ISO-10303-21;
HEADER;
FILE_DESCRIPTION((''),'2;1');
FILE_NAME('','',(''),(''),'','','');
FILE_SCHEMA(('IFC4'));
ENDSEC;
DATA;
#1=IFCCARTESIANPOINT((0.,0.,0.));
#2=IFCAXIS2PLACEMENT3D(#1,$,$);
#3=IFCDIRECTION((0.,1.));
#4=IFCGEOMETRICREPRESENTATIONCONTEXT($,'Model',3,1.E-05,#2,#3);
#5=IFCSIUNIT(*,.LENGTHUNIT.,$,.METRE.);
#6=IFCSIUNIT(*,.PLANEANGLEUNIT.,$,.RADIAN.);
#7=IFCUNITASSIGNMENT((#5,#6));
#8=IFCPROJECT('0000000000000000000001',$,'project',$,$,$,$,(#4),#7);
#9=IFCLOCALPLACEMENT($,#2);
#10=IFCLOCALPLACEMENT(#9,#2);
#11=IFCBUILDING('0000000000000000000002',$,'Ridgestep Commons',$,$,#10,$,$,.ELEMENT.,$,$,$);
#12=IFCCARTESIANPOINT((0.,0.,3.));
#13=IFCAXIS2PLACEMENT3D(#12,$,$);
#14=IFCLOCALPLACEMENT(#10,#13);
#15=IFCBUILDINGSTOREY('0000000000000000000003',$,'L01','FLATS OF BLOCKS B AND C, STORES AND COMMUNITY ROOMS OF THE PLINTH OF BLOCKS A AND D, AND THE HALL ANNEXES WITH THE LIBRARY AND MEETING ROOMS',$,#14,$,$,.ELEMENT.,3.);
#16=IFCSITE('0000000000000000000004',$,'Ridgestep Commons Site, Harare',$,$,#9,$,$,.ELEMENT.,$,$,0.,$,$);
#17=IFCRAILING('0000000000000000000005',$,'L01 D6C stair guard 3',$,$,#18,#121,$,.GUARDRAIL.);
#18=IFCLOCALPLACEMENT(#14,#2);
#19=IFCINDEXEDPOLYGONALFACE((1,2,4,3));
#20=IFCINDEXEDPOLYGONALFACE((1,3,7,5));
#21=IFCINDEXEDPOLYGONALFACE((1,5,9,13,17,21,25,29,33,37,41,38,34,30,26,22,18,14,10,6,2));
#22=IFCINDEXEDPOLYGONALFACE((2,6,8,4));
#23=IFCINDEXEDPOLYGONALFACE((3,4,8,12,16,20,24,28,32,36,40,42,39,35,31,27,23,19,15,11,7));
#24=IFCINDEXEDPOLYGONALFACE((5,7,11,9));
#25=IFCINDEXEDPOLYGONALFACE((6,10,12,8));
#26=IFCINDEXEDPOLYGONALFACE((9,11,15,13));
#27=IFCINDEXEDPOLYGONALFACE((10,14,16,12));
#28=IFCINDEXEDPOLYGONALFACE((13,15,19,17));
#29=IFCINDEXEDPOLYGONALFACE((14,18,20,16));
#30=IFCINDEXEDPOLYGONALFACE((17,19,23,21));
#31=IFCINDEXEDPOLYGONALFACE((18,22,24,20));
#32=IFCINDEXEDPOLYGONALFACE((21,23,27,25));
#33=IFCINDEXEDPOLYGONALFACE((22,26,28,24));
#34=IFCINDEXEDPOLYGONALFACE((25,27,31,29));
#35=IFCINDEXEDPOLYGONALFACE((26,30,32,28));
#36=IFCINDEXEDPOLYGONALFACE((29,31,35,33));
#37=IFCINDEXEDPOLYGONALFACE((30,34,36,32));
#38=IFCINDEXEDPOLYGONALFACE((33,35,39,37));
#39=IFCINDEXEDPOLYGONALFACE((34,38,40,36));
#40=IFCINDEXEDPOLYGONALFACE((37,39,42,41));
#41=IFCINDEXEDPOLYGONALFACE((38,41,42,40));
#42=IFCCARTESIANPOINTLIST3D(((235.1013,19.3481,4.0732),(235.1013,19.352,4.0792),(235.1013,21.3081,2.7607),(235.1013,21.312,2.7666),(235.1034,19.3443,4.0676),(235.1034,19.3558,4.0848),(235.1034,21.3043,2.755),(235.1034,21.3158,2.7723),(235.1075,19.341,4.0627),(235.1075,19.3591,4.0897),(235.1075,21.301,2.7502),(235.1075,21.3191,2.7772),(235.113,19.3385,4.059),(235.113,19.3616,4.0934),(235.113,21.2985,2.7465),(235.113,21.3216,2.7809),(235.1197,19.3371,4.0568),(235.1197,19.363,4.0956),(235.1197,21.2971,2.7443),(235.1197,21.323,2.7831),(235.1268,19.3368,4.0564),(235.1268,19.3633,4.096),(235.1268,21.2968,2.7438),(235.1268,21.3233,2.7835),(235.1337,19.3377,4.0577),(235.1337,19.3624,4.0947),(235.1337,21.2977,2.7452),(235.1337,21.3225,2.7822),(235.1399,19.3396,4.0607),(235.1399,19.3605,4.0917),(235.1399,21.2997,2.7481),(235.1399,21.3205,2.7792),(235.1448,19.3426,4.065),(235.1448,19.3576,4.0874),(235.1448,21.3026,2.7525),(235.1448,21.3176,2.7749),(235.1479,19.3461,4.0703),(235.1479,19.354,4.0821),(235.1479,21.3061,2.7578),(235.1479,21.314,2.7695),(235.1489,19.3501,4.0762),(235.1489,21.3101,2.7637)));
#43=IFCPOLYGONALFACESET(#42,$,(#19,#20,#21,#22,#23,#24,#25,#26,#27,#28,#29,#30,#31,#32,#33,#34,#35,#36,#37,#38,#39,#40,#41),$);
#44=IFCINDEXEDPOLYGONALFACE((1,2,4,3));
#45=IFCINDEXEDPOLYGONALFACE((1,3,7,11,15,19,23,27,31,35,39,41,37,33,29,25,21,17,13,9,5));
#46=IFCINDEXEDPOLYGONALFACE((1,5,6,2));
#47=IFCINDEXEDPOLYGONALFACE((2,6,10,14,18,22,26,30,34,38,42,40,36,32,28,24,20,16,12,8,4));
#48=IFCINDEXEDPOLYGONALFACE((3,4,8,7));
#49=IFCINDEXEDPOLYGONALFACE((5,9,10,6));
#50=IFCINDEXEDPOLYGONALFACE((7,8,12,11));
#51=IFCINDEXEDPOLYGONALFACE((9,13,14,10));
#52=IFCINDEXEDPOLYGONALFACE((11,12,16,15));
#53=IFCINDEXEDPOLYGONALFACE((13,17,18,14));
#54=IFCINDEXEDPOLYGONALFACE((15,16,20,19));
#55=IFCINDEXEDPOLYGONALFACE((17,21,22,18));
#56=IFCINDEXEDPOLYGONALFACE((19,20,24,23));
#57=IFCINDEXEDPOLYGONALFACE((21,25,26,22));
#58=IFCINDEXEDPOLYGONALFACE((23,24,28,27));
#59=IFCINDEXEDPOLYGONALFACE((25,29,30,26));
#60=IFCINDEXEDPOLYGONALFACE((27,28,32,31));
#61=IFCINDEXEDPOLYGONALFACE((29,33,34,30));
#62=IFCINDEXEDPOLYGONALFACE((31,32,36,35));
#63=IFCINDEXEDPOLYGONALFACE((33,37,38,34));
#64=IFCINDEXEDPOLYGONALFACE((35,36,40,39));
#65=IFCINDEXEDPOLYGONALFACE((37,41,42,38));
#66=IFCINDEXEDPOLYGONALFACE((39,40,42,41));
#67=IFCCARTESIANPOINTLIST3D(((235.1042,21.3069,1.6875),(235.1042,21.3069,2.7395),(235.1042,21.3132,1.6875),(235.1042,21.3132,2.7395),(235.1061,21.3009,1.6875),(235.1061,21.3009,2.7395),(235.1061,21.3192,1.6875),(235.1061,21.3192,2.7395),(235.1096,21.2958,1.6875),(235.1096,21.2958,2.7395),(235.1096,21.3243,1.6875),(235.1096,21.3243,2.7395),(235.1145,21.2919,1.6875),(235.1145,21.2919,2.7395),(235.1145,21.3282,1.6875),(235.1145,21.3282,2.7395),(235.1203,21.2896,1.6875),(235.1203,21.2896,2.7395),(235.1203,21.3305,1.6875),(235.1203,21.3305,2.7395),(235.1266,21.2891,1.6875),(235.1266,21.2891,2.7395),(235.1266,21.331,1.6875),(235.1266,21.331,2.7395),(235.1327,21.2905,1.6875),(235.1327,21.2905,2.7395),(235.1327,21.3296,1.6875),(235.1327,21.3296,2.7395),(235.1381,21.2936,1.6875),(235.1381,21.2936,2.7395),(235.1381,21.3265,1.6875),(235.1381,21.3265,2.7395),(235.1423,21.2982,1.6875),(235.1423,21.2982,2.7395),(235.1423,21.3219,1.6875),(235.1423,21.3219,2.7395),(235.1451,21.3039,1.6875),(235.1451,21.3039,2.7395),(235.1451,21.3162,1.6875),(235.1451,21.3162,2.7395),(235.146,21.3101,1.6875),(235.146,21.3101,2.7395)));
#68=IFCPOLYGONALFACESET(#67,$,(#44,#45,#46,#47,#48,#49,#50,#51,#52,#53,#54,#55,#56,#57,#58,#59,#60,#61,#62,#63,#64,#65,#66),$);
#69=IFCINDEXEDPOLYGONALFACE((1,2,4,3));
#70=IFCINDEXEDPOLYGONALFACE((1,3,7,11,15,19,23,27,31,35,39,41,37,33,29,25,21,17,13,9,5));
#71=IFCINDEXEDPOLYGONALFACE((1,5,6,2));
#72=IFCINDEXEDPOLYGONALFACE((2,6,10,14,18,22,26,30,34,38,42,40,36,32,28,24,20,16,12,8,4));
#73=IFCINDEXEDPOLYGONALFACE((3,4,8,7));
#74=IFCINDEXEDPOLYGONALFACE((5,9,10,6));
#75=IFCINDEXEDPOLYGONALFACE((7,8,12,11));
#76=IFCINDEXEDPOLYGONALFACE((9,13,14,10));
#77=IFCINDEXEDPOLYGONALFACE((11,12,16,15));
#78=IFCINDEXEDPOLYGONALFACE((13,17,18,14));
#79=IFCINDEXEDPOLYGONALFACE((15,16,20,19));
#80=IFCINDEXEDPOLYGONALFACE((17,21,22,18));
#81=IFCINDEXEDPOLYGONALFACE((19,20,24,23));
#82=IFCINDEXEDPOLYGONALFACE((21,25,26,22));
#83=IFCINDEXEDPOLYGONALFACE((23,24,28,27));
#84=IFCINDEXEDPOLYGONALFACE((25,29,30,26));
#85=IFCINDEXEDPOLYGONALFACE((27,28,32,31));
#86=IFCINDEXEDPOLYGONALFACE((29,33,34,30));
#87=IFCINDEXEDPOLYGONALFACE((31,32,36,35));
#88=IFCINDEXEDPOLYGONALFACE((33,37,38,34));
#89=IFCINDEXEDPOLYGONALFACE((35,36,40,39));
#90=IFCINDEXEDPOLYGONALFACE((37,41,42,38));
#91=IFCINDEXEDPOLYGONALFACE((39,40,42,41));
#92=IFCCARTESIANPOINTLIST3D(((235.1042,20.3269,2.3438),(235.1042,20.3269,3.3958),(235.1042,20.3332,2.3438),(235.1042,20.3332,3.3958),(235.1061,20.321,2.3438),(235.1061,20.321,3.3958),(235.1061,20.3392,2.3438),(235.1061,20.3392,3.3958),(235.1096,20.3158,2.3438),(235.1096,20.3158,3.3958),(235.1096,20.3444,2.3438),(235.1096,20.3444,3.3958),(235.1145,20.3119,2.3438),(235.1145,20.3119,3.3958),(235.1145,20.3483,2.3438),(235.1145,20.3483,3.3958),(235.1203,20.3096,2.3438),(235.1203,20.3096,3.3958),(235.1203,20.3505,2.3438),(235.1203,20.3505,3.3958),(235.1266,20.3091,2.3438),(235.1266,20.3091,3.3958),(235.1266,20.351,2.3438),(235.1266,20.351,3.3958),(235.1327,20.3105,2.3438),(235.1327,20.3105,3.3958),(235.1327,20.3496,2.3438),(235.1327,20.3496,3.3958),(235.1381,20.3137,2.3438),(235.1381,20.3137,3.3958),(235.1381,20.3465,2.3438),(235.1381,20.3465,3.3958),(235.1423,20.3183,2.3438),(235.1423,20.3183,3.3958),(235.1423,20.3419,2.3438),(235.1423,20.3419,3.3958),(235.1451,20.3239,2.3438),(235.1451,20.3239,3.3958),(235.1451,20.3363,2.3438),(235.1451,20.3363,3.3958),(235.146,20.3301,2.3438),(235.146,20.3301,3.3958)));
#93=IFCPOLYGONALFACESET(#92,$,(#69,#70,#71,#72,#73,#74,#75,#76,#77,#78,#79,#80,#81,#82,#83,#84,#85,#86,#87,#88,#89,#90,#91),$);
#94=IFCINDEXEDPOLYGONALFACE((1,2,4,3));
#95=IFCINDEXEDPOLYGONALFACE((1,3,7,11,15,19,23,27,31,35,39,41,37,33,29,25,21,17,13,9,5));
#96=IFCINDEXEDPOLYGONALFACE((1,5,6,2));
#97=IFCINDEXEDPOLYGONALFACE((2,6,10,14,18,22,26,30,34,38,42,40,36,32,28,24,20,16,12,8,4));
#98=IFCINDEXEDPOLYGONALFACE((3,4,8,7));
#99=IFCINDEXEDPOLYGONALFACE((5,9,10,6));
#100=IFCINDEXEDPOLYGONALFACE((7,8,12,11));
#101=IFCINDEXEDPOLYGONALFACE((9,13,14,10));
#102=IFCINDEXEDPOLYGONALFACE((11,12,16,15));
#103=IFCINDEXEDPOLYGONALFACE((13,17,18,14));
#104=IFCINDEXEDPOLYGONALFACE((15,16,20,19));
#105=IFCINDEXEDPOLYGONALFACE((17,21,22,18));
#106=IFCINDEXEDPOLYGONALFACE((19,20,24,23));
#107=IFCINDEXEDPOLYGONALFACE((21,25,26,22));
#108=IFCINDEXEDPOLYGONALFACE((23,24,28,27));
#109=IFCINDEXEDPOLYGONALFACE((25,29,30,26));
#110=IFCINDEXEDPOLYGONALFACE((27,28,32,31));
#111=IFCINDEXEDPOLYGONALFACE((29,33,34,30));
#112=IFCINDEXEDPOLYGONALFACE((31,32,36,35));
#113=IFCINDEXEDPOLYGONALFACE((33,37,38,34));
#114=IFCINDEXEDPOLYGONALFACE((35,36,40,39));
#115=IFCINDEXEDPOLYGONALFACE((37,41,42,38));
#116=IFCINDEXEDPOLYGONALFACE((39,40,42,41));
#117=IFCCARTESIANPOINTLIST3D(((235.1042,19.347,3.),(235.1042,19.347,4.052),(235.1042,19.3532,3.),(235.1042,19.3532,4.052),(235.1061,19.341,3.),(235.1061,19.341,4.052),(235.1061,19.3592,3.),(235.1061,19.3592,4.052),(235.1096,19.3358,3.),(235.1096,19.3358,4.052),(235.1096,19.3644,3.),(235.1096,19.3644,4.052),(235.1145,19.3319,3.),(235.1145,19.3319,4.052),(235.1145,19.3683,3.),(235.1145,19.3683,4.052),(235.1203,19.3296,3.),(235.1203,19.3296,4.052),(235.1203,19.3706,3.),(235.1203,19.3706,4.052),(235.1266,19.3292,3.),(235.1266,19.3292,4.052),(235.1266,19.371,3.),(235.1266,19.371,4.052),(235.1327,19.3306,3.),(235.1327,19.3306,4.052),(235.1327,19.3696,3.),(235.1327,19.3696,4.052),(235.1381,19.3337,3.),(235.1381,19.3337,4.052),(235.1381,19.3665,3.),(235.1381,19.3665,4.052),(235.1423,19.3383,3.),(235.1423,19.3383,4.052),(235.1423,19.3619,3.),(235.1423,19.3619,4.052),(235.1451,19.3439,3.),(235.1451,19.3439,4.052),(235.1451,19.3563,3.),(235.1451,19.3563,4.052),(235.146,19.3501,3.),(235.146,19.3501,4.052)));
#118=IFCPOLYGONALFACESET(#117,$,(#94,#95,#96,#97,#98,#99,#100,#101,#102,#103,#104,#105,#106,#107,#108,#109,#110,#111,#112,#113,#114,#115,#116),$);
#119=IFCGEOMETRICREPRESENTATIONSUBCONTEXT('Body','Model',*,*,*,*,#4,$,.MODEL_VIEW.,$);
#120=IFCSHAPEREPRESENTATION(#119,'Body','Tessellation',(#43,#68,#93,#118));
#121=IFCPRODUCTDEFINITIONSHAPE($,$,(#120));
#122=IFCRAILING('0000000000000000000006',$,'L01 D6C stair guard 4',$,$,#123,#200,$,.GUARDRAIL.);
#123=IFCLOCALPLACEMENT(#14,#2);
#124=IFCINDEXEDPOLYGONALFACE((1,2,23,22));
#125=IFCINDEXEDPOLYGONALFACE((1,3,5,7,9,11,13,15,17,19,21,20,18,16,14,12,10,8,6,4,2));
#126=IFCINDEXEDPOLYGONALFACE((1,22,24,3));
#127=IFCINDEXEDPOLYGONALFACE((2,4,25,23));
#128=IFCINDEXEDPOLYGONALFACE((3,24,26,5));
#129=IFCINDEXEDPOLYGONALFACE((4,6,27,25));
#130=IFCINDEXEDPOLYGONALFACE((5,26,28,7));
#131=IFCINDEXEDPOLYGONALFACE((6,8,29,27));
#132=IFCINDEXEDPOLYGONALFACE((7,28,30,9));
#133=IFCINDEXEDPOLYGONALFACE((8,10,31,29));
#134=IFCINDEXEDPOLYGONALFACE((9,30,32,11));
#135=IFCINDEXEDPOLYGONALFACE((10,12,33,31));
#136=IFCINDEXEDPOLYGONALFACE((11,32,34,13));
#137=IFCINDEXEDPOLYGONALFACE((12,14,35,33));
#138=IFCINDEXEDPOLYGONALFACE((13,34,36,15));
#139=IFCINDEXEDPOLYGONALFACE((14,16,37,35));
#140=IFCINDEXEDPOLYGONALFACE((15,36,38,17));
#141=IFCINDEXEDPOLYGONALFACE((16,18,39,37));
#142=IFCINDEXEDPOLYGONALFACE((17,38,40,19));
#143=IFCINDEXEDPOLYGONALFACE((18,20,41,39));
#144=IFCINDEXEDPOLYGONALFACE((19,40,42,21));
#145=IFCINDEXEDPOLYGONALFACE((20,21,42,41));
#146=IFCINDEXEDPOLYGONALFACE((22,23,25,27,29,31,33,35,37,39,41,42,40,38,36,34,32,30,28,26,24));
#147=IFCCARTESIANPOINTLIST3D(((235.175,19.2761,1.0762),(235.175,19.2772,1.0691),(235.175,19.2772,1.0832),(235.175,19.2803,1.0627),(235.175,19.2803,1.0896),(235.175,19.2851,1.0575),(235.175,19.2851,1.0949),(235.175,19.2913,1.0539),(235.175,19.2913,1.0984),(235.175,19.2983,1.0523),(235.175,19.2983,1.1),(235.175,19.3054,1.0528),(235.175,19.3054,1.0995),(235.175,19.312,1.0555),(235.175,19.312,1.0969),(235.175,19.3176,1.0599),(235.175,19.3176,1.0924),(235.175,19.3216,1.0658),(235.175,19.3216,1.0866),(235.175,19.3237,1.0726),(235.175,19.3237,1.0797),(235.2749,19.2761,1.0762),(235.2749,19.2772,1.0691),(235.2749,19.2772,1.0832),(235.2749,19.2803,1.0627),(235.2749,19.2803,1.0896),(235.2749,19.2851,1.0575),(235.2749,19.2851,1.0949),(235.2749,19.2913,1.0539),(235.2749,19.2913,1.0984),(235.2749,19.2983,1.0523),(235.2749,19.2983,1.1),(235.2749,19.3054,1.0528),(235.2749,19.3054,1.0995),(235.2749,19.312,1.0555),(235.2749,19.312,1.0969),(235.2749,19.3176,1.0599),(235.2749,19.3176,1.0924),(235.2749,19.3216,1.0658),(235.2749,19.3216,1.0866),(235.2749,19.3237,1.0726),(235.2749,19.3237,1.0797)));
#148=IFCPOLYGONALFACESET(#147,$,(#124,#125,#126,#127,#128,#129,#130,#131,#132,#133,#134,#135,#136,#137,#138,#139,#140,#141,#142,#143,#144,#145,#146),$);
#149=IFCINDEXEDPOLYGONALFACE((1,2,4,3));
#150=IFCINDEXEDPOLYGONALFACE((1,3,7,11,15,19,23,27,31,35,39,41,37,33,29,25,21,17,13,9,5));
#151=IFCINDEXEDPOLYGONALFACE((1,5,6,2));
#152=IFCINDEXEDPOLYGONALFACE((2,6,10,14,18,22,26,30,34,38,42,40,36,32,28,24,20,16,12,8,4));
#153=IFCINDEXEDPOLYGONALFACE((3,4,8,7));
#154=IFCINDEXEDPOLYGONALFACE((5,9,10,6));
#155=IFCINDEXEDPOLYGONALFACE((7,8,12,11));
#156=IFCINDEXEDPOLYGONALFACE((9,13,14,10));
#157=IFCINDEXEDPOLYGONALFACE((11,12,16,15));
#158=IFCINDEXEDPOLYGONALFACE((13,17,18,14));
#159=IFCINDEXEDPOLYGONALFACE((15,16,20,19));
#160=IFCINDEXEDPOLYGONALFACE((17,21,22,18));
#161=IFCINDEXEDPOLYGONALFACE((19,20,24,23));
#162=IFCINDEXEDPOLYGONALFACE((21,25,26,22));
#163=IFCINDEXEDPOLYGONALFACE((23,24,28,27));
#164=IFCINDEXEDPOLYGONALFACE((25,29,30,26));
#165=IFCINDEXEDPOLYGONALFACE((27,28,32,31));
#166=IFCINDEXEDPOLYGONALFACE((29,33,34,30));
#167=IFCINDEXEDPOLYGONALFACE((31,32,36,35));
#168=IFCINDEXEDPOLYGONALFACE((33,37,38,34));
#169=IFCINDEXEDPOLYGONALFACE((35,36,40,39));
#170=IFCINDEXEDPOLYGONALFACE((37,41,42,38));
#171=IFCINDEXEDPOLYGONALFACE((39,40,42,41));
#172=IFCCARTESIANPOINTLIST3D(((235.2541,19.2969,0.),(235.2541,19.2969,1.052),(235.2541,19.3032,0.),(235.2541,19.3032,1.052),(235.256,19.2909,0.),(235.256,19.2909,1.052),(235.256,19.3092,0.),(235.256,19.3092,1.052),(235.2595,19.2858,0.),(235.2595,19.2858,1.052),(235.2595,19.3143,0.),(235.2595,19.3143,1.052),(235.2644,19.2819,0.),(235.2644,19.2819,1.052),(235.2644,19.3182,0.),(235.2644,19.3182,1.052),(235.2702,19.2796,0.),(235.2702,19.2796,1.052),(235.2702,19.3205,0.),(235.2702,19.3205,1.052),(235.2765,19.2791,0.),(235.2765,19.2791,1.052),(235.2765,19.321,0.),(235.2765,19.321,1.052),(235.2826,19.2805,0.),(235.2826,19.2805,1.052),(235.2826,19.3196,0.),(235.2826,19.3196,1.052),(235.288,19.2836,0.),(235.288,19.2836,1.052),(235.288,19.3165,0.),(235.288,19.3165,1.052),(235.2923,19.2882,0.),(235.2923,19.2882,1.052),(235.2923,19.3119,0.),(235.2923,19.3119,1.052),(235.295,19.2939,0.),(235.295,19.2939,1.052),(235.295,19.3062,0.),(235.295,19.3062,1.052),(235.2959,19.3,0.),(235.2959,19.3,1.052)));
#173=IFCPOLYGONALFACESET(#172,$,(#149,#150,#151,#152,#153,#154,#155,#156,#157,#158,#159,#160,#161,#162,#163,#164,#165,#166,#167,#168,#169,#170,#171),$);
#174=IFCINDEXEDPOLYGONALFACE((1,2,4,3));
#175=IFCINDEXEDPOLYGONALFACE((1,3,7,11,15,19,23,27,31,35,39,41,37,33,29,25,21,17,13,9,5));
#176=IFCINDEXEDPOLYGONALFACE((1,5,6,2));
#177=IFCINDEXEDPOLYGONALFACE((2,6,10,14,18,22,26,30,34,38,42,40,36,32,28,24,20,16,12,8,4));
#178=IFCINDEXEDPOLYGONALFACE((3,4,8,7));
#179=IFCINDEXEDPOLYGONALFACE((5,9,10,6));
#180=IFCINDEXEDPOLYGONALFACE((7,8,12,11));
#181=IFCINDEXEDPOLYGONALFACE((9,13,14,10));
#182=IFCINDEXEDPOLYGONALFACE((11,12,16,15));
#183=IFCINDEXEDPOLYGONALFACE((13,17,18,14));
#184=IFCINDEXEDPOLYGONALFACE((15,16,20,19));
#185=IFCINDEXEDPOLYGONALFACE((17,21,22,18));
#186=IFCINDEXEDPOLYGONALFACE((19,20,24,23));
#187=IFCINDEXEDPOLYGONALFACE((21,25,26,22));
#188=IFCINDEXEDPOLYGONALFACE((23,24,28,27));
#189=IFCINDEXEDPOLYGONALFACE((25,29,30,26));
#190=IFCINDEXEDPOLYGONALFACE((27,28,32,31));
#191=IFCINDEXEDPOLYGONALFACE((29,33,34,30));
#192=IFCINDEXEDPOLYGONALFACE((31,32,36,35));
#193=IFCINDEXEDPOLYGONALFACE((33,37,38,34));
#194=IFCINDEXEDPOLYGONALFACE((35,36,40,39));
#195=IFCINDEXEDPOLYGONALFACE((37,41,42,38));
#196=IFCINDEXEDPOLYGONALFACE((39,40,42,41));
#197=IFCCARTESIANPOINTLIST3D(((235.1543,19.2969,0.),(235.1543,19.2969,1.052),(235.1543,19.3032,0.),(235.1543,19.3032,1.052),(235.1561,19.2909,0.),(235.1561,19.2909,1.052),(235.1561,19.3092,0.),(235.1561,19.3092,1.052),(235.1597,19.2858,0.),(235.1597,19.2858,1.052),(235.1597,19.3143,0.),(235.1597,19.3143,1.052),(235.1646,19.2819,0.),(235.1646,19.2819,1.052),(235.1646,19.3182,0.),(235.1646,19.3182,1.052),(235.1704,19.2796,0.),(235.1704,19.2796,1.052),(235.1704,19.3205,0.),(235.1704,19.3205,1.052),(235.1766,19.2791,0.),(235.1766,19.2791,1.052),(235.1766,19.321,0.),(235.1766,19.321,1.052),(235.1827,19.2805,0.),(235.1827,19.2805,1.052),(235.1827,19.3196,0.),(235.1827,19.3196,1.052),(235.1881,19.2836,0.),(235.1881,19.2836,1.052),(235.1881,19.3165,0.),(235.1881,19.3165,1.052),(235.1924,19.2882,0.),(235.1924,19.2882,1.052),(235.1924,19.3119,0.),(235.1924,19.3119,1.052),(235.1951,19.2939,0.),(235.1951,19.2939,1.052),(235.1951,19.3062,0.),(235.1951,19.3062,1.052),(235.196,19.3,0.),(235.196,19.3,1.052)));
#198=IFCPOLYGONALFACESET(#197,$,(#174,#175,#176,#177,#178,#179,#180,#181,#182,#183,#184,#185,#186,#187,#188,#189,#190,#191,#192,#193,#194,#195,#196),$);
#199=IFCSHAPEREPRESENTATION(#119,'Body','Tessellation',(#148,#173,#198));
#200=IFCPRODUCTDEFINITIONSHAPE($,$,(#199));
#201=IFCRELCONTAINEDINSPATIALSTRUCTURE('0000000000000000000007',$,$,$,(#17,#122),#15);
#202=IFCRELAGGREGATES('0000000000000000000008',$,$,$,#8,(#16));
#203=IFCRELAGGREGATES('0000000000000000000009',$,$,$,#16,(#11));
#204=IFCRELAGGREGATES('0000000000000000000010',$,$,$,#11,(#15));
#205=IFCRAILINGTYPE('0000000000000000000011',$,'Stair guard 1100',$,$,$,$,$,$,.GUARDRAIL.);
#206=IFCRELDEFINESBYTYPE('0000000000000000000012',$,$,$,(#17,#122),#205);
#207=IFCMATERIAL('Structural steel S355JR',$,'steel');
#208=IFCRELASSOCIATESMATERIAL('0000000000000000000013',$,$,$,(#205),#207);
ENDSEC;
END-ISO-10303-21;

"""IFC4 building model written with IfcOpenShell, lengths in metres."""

from ifc_helpers import new_model, si_unit, direction, frame, origin, origin_2d, place, context, subcontext, project, spatial, circle, extrude, material, type_object, element, save


model = new_model("IFC4")

# Units and contexts
model_context = context("Model", 3, precision=1e-05, world=origin(), true_north=direction((0.0, 1.0)))
body_context = subcontext(model_context, "Body", "Model", "MODEL_VIEW")
ifc_project = project(units=[si_unit("LENGTHUNIT", "METRE"), si_unit("PLANEANGLEUNIT", "RADIAN")], contexts=[model_context])

# Site, building, storey
site_placement = place(None, origin())
site = spatial("IfcSite", under=ifc_project, at=site_placement, Name="Ridgestep Commons Site, Harare", CompositionType="ELEMENT", RefElevation=0.0)
building_placement = place(site_placement, origin())
building = spatial("IfcBuilding", under=site, at=building_placement, Name="Ridgestep Commons", CompositionType="ELEMENT")
storey_placement = place(building_placement, frame((0.0, 0.0, 3.0)))
storey = spatial("IfcBuildingStorey", under=building, at=storey_placement, Name="L01", Description="FLATS OF BLOCKS B AND C, STORES AND COMMUNITY ROOMS OF THE PLINTH OF BLOCKS A AND D, AND THE HALL ANNEXES WITH THE LIBRARY AND MEETING ROOMS", CompositionType="ELEMENT", Elevation=3.0)

# Railings
ifc_material_1 = material(Name="Structural steel S355JR", Category="steel")
railing_type_1 = type_object("IfcRailingType", Name="Stair guard 1100", PredefinedType="GUARDRAIL", material=ifc_material_1)
railing_1_placement = place(storey_placement, frame((235.125, 21.3101, 1.6875)))
element("IfcRailing", 1, at=railing_1_placement, inside=storey, type_object=railing_type_1, Name="L01 D6C stair guard 3", PredefinedType="GUARDRAIL", context=body_context, shape_type="SweptSolid", body=[
    extrude(circle(Radius=0.0239, at=origin_2d()), frame((0.0, 0.0, 1.0762), z_axis=(0.0, -0.830902, 0.556419), x_axis=(1.0, 0.0, 0.0)), (0.0, 0.0, 1.0), 2.3589),
    extrude(circle(Radius=0.021, at=origin_2d()), origin(), (0.0, 0.0, 1.0), 1.052),
    extrude(circle(Radius=0.021, at=origin_2d()), frame((0.0, -0.98, 0.6562)), (0.0, 0.0, 1.0), 1.052),
    extrude(circle(Radius=0.021, at=origin_2d()), frame((0.0, -1.96, 1.3125)), (0.0, 0.0, 1.0), 1.052),
])
railing_2_placement = place(storey_placement, frame((235.2749, 19.3, 0.0)))
element("IfcRailing", 2, at=railing_2_placement, inside=storey, type_object=railing_type_1, Name="L01 D6C stair guard 4", PredefinedType="GUARDRAIL", context=body_context, shape_type="SweptSolid", body=[
    extrude(circle(Radius=0.0239, at=origin_2d()), frame((0.0, 0.0, 1.0762), z_axis=(-1.0, 0.0, 0.0), x_axis=(0.0, -1.0, 0.0)), (0.0, 0.0, 1.0), 0.0999),
    extrude(circle(Radius=0.021, at=origin_2d()), origin(), (0.0, 0.0, 1.0), 1.052),
    extrude(circle(Radius=0.021, at=origin_2d()), frame((-0.0999, 0.0, 0.0)), (0.0, 0.0, 1.0), 1.052),
])

save(model, "model.ifc")
